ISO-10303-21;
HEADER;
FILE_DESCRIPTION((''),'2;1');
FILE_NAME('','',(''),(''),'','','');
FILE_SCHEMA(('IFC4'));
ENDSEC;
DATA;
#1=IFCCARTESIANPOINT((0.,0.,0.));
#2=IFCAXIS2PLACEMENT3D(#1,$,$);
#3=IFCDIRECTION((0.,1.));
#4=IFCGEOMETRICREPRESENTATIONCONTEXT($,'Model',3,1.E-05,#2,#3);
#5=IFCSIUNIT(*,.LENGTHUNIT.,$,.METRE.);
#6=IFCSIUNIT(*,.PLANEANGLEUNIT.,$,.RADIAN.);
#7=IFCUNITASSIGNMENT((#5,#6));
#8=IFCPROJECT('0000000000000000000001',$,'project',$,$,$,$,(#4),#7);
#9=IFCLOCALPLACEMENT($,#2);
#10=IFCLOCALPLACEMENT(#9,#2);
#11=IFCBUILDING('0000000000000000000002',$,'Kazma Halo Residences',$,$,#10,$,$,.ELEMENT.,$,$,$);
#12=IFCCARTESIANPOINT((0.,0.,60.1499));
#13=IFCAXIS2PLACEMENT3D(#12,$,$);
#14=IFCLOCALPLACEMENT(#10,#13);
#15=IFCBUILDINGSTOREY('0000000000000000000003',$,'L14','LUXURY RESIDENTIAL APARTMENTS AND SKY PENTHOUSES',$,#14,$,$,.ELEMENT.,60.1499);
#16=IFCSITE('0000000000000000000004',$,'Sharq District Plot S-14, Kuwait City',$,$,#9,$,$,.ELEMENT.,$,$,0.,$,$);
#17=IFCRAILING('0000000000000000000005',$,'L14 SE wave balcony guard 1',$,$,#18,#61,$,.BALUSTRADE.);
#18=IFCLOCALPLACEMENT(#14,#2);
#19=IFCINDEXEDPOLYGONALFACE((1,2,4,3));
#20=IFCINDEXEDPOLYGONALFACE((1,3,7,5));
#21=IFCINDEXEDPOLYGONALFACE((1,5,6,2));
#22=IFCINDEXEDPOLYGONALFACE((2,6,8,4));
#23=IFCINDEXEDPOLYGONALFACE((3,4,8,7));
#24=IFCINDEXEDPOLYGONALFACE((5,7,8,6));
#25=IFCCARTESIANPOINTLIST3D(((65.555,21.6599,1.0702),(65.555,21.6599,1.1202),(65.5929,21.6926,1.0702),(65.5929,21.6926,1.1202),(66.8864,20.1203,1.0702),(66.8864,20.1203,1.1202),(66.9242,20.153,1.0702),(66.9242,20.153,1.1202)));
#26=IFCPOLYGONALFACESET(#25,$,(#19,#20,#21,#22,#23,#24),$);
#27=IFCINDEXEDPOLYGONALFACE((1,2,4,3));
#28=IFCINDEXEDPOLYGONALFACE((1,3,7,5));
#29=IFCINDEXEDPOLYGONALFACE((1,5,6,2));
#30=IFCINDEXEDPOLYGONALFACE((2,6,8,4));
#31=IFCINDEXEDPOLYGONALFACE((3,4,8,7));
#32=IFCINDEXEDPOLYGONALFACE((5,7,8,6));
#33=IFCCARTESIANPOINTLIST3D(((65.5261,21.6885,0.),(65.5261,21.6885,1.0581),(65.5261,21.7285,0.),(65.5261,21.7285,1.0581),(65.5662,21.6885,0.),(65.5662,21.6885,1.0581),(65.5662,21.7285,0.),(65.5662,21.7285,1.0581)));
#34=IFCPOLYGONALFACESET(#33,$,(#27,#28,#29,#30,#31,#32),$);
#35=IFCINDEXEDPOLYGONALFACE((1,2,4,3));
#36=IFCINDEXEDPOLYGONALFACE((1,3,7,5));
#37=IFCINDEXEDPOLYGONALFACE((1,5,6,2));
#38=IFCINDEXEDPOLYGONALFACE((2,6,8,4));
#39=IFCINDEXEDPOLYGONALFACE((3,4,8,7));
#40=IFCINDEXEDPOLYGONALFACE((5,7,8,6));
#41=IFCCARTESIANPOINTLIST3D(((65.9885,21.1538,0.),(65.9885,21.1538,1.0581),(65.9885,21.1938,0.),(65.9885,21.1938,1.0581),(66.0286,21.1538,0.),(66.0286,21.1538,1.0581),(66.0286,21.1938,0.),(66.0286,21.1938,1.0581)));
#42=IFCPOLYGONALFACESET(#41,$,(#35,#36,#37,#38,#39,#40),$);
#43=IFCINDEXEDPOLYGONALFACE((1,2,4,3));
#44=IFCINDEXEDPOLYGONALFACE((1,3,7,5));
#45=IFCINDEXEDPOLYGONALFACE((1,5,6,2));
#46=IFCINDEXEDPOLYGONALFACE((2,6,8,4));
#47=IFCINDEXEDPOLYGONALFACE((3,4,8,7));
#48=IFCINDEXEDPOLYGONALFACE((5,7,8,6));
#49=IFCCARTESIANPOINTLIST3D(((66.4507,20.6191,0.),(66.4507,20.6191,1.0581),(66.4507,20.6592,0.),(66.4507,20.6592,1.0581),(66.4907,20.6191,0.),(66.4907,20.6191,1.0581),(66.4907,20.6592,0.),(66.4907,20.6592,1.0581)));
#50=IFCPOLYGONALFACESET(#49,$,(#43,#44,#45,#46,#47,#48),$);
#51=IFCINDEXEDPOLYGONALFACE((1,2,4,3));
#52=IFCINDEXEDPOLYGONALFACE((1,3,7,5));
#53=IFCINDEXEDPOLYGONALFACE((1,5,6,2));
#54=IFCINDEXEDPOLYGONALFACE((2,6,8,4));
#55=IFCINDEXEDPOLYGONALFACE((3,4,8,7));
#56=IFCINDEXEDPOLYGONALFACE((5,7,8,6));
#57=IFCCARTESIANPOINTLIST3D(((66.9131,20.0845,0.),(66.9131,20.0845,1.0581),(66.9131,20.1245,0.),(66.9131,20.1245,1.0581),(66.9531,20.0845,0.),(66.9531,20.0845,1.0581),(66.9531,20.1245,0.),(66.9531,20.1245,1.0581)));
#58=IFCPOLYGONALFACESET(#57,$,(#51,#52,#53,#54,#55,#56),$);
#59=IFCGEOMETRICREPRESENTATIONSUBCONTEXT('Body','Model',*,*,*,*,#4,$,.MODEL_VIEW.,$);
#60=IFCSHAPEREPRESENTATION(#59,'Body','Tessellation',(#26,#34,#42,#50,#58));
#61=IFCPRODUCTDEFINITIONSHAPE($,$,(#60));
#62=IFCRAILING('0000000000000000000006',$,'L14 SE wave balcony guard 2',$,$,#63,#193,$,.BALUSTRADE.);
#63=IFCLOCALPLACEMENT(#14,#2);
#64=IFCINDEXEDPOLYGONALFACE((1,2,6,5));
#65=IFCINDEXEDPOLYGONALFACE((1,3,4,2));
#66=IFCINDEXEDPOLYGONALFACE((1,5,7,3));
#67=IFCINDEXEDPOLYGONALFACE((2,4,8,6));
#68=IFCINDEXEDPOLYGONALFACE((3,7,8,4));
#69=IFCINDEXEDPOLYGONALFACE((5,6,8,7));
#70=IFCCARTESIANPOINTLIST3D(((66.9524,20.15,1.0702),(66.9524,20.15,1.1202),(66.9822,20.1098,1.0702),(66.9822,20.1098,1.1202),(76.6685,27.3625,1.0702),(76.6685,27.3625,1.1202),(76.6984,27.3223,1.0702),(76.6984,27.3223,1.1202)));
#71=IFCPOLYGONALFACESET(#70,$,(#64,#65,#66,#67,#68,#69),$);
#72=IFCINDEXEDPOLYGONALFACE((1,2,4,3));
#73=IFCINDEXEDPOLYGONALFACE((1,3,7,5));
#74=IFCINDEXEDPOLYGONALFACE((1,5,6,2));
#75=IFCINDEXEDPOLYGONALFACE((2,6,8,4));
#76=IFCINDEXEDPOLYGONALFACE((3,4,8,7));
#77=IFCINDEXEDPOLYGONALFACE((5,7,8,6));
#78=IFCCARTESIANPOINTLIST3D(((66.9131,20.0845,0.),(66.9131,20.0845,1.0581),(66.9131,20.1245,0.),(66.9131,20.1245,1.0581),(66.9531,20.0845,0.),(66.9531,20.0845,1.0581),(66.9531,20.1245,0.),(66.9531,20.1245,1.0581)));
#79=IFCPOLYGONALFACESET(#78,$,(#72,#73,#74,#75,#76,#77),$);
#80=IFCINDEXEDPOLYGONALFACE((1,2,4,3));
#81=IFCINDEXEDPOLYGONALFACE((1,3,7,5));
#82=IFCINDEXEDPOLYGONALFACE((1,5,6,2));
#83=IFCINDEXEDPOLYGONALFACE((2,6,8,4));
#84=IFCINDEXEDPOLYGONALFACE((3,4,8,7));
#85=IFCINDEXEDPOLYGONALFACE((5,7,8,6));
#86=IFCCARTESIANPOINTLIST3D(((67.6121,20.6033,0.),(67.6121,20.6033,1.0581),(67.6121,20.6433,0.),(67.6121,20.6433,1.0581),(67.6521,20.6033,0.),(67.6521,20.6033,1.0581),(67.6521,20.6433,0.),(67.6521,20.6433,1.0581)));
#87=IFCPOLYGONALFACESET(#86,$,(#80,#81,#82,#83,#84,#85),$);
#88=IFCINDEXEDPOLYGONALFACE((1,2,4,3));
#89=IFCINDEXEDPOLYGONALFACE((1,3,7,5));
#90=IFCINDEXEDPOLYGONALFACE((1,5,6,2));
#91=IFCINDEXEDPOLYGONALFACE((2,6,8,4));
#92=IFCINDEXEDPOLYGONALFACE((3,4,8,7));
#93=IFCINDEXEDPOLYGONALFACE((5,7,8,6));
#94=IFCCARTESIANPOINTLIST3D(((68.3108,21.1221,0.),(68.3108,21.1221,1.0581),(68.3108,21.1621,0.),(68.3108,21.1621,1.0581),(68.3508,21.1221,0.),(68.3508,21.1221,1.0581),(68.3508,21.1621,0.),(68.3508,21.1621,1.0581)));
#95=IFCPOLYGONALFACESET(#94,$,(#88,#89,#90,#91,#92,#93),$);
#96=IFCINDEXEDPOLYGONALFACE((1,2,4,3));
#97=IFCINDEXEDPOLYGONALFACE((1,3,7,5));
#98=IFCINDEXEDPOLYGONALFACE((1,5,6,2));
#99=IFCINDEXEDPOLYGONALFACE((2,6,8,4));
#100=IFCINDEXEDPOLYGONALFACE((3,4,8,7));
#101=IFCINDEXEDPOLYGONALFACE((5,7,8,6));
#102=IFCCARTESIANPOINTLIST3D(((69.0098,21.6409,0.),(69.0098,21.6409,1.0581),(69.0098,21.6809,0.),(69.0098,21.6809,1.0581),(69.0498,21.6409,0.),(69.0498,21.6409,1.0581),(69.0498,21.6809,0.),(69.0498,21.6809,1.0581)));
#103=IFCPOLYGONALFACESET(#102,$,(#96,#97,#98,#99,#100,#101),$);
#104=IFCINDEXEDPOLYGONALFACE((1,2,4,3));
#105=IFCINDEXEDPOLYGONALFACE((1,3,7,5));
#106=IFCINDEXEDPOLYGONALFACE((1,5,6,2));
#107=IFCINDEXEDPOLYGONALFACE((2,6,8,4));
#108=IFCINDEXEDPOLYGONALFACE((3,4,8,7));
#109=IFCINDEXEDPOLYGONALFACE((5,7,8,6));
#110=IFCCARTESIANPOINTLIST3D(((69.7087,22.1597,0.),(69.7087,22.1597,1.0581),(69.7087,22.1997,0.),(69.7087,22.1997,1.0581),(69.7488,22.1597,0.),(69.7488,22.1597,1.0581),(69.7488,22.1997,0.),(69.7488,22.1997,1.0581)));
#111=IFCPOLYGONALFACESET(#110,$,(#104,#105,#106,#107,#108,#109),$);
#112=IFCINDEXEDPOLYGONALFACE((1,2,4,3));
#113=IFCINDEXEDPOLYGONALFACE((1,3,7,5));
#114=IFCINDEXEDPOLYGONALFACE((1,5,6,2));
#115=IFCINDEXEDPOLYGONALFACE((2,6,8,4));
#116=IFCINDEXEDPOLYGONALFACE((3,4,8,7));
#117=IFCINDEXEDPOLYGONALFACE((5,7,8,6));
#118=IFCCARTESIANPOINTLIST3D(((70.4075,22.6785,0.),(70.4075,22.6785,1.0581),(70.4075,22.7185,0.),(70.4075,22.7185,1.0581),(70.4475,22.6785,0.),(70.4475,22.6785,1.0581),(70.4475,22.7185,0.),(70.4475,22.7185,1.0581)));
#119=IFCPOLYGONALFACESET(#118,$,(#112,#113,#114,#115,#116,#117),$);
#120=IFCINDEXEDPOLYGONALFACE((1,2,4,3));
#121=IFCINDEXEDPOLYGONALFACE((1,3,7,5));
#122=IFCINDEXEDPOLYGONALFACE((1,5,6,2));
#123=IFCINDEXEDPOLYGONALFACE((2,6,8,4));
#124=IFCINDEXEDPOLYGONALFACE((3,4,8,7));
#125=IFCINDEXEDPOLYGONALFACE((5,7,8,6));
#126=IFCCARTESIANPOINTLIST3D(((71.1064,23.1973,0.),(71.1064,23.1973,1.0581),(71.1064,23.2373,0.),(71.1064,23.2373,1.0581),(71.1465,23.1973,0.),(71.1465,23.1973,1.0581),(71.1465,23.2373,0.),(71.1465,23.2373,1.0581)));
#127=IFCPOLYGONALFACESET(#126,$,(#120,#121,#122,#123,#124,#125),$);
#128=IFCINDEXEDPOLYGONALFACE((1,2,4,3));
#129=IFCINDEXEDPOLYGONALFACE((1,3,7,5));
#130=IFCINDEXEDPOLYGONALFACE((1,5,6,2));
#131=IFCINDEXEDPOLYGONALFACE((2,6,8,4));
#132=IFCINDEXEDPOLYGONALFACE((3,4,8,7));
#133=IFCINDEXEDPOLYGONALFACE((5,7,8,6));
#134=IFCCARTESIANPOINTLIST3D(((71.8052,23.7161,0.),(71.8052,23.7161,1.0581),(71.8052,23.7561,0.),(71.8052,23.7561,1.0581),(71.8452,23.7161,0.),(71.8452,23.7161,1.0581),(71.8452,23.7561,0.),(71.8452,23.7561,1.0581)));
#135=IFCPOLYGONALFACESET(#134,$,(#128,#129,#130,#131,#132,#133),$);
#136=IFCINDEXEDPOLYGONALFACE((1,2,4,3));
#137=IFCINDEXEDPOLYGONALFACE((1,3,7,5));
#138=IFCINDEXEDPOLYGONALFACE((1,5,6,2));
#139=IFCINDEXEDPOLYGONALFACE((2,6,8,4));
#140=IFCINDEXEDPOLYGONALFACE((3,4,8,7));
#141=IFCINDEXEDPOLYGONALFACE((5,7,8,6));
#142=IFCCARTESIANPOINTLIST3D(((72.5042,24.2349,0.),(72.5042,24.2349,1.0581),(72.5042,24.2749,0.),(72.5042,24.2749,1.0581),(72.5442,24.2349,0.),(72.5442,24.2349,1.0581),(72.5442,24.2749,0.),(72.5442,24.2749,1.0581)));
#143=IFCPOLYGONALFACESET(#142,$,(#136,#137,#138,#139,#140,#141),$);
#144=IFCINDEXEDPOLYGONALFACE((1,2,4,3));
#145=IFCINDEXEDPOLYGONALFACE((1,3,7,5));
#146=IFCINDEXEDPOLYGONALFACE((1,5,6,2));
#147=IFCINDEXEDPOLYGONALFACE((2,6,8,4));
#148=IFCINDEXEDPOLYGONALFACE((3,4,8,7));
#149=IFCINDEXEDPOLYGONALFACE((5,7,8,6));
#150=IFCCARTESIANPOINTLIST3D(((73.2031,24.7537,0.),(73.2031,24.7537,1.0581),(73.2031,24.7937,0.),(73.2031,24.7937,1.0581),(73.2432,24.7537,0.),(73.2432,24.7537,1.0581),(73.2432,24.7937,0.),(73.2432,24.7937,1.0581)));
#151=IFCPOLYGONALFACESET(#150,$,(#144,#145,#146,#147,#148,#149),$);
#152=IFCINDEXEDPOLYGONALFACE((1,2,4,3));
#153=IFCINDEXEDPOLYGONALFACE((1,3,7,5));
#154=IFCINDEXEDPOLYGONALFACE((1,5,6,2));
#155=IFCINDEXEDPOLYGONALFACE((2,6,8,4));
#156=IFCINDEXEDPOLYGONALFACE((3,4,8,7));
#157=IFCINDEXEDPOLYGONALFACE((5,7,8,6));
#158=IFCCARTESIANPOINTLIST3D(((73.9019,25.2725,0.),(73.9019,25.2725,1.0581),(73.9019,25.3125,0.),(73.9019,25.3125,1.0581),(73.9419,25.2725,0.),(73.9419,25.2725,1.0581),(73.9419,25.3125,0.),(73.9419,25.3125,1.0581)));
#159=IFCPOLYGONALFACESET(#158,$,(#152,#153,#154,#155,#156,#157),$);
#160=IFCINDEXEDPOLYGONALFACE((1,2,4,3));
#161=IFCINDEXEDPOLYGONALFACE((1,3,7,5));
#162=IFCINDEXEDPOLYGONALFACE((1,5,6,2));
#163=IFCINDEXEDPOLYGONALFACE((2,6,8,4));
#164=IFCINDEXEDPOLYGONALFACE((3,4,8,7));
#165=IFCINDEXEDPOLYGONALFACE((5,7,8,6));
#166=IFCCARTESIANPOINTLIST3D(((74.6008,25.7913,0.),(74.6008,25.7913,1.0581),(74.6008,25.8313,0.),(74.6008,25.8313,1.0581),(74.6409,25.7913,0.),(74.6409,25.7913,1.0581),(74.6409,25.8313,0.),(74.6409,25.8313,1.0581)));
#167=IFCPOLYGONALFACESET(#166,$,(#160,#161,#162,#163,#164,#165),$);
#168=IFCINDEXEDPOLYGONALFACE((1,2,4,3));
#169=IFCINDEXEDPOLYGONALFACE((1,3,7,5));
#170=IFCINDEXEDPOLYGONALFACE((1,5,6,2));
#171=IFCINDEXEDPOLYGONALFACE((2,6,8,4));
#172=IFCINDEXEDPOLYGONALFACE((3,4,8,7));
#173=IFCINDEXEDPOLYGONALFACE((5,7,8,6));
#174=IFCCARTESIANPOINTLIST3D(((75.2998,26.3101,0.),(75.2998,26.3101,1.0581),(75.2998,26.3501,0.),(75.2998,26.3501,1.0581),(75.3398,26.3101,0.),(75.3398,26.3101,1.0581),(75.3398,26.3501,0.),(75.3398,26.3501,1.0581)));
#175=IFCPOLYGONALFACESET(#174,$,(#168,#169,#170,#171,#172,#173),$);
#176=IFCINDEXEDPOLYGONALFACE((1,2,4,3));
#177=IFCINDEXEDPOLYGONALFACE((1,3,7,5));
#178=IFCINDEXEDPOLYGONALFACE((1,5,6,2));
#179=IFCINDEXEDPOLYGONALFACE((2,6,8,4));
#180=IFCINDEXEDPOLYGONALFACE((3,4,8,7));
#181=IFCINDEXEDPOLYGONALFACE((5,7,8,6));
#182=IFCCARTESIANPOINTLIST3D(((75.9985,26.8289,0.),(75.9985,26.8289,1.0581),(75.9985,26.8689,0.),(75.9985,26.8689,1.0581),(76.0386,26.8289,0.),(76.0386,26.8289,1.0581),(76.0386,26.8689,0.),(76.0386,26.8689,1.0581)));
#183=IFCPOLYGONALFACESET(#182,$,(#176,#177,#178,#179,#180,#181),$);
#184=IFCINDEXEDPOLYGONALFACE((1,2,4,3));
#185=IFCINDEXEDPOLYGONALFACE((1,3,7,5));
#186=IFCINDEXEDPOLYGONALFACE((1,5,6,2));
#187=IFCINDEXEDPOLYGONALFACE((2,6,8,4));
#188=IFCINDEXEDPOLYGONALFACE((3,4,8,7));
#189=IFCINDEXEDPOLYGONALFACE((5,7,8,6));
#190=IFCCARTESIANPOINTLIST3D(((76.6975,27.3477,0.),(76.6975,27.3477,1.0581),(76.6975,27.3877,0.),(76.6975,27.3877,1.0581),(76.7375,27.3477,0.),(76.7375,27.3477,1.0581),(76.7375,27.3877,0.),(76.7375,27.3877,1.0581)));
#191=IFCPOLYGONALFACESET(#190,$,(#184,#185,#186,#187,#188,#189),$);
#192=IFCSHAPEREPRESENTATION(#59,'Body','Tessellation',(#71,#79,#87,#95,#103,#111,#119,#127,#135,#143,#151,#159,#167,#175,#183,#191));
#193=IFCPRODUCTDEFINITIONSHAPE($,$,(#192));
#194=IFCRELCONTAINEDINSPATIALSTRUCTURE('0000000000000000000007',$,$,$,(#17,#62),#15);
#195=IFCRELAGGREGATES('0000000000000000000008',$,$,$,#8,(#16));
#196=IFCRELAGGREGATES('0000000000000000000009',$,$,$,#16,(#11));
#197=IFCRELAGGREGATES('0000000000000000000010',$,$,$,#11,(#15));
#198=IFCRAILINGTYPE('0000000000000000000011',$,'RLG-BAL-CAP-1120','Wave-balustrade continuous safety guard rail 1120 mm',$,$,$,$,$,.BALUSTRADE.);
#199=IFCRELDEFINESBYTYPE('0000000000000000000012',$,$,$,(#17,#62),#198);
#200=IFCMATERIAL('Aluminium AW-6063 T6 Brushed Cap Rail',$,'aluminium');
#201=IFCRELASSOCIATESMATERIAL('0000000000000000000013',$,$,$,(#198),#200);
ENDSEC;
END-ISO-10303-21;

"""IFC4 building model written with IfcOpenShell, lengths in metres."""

from ifc_helpers import new_model, si_unit, direction, frame, origin, origin_2d, place, context, subcontext, project, spatial, rectangle, extrude, material, type_object, element, save


model = new_model("IFC4")

# Units and contexts
model_context = context("Model", 3, precision=1e-05, world=origin(), true_north=direction((0.0, 1.0)))
body_context = subcontext(model_context, "Body", "Model", "MODEL_VIEW")
ifc_project = project(units=[si_unit("LENGTHUNIT", "METRE"), si_unit("PLANEANGLEUNIT", "RADIAN")], contexts=[model_context])

# Site, building, storey
site_placement = place(None, origin())
site = spatial("IfcSite", under=ifc_project, at=site_placement, Name="Sharq District Plot S-14, Kuwait City", CompositionType="ELEMENT", RefElevation=0.0)
building_placement = place(site_placement, origin())
building = spatial("IfcBuilding", under=site, at=building_placement, Name="Kazma Halo Residences", CompositionType="ELEMENT")
storey_placement = place(building_placement, frame((0.0, 0.0, 60.1499)))
storey = spatial("IfcBuildingStorey", under=building, at=storey_placement, Name="L14", Description="LUXURY RESIDENTIAL APARTMENTS AND SKY PENTHOUSES", CompositionType="ELEMENT", Elevation=60.1499)

# Railings
ifc_material_1 = material(Name="Aluminium AW-6063 T6 Brushed Cap Rail", Category="aluminium")
railing_type = type_object("IfcRailingType", Name="RLG-BAL-CAP-1120", Description="Wave-balustrade continuous safety guard rail 1120 mm", PredefinedType="BALUSTRADE", material=ifc_material_1)
railing_1_placement = place(storey_placement, frame((65.5461, 21.7085, 0.0)))
element("IfcRailing", 1, at=railing_1_placement, inside=storey, type_object=railing_type, Name="L14 SE wave balcony guard 1", PredefinedType="BALUSTRADE", context=body_context, shape_type="SweptSolid", body=[
    extrude(rectangle(XDim=0.05, YDim=0.05, at=origin_2d()), frame((0.0278, -0.0322, 1.0952), z_axis=(0.654075, -0.756429, 0.0), x_axis=(0.756429, 0.654075, 0.0)), (0.0, 0.0, 1.0), 2.0354),
    extrude(rectangle(XDim=0.04, YDim=0.04, at=origin_2d()), origin(), (0.0, 0.0, 1.0), 1.0581),
    extrude(rectangle(XDim=0.04, YDim=0.04, at=origin_2d()), frame((0.4624, -0.5347, 0.0)), (0.0, 0.0, 1.0), 1.0581),
    extrude(rectangle(XDim=0.04, YDim=0.04, at=origin_2d()), frame((0.9246, -1.0693, 0.0)), (0.0, 0.0, 1.0), 1.0581),
    extrude(rectangle(XDim=0.04, YDim=0.04, at=origin_2d()), frame((1.387, -1.604, 0.0)), (0.0, 0.0, 1.0), 1.0581),
])
railing_2_placement = place(storey_placement, frame((66.9331, 20.1045, 0.0)))
element("IfcRailing", 2, at=railing_2_placement, inside=storey, type_object=railing_type, Name="L14 SE wave balcony guard 2", PredefinedType="BALUSTRADE", context=body_context, shape_type="SweptSolid", body=[
    extrude(rectangle(XDim=0.05, YDim=0.05, at=origin_2d()), frame((0.0342, 0.0254, 1.0952), z_axis=(0.80295, 0.596047, 0.0), x_axis=(-0.596047, 0.80295, 0.0)), (0.0, 0.0, 1.0), 12.1006),
    extrude(rectangle(XDim=0.04, YDim=0.04, at=origin_2d()), origin(), (0.0, 0.0, 1.0), 1.0581),
    extrude(rectangle(XDim=0.04, YDim=0.04, at=origin_2d()), frame((0.699, 0.5188, 0.0)), (0.0, 0.0, 1.0), 1.0581),
    extrude(rectangle(XDim=0.04, YDim=0.04, at=origin_2d()), frame((1.3977, 1.0376, 0.0)), (0.0, 0.0, 1.0), 1.0581),
    extrude(rectangle(XDim=0.04, YDim=0.04, at=origin_2d()), frame((2.0967, 1.5564, 0.0)), (0.0, 0.0, 1.0), 1.0581),
    extrude(rectangle(XDim=0.04, YDim=0.04, at=origin_2d()), frame((2.7957, 2.0752, 0.0)), (0.0, 0.0, 1.0), 1.0581),
    extrude(rectangle(XDim=0.04, YDim=0.04, at=origin_2d()), frame((3.4944, 2.594, 0.0)), (0.0, 0.0, 1.0), 1.0581),
    extrude(rectangle(XDim=0.04, YDim=0.04, at=origin_2d()), frame((4.1934, 3.1128, 0.0)), (0.0, 0.0, 1.0), 1.0581),
    extrude(rectangle(XDim=0.04, YDim=0.04, at=origin_2d()), frame((4.8921, 3.6316, 0.0)), (0.0, 0.0, 1.0), 1.0581),
    extrude(rectangle(XDim=0.04, YDim=0.04, at=origin_2d()), frame((5.5911, 4.1504, 0.0)), (0.0, 0.0, 1.0), 1.0581),
    extrude(rectangle(XDim=0.04, YDim=0.04, at=origin_2d()), frame((6.29, 4.6692, 0.0)), (0.0, 0.0, 1.0), 1.0581),
    extrude(rectangle(XDim=0.04, YDim=0.04, at=origin_2d()), frame((6.9888, 5.188, 0.0)), (0.0, 0.0, 1.0), 1.0581),
    extrude(rectangle(XDim=0.04, YDim=0.04, at=origin_2d()), frame((7.6877, 5.7068, 0.0)), (0.0, 0.0, 1.0), 1.0581),
    extrude(rectangle(XDim=0.04, YDim=0.04, at=origin_2d()), frame((8.3867, 6.2256, 0.0)), (0.0, 0.0, 1.0), 1.0581),
    extrude(rectangle(XDim=0.04, YDim=0.04, at=origin_2d()), frame((9.0854, 6.7444, 0.0)), (0.0, 0.0, 1.0), 1.0581),
    extrude(rectangle(XDim=0.04, YDim=0.04, at=origin_2d()), frame((9.7844, 7.2632, 0.0)), (0.0, 0.0, 1.0), 1.0581),
])

save(model, "model.ifc")
